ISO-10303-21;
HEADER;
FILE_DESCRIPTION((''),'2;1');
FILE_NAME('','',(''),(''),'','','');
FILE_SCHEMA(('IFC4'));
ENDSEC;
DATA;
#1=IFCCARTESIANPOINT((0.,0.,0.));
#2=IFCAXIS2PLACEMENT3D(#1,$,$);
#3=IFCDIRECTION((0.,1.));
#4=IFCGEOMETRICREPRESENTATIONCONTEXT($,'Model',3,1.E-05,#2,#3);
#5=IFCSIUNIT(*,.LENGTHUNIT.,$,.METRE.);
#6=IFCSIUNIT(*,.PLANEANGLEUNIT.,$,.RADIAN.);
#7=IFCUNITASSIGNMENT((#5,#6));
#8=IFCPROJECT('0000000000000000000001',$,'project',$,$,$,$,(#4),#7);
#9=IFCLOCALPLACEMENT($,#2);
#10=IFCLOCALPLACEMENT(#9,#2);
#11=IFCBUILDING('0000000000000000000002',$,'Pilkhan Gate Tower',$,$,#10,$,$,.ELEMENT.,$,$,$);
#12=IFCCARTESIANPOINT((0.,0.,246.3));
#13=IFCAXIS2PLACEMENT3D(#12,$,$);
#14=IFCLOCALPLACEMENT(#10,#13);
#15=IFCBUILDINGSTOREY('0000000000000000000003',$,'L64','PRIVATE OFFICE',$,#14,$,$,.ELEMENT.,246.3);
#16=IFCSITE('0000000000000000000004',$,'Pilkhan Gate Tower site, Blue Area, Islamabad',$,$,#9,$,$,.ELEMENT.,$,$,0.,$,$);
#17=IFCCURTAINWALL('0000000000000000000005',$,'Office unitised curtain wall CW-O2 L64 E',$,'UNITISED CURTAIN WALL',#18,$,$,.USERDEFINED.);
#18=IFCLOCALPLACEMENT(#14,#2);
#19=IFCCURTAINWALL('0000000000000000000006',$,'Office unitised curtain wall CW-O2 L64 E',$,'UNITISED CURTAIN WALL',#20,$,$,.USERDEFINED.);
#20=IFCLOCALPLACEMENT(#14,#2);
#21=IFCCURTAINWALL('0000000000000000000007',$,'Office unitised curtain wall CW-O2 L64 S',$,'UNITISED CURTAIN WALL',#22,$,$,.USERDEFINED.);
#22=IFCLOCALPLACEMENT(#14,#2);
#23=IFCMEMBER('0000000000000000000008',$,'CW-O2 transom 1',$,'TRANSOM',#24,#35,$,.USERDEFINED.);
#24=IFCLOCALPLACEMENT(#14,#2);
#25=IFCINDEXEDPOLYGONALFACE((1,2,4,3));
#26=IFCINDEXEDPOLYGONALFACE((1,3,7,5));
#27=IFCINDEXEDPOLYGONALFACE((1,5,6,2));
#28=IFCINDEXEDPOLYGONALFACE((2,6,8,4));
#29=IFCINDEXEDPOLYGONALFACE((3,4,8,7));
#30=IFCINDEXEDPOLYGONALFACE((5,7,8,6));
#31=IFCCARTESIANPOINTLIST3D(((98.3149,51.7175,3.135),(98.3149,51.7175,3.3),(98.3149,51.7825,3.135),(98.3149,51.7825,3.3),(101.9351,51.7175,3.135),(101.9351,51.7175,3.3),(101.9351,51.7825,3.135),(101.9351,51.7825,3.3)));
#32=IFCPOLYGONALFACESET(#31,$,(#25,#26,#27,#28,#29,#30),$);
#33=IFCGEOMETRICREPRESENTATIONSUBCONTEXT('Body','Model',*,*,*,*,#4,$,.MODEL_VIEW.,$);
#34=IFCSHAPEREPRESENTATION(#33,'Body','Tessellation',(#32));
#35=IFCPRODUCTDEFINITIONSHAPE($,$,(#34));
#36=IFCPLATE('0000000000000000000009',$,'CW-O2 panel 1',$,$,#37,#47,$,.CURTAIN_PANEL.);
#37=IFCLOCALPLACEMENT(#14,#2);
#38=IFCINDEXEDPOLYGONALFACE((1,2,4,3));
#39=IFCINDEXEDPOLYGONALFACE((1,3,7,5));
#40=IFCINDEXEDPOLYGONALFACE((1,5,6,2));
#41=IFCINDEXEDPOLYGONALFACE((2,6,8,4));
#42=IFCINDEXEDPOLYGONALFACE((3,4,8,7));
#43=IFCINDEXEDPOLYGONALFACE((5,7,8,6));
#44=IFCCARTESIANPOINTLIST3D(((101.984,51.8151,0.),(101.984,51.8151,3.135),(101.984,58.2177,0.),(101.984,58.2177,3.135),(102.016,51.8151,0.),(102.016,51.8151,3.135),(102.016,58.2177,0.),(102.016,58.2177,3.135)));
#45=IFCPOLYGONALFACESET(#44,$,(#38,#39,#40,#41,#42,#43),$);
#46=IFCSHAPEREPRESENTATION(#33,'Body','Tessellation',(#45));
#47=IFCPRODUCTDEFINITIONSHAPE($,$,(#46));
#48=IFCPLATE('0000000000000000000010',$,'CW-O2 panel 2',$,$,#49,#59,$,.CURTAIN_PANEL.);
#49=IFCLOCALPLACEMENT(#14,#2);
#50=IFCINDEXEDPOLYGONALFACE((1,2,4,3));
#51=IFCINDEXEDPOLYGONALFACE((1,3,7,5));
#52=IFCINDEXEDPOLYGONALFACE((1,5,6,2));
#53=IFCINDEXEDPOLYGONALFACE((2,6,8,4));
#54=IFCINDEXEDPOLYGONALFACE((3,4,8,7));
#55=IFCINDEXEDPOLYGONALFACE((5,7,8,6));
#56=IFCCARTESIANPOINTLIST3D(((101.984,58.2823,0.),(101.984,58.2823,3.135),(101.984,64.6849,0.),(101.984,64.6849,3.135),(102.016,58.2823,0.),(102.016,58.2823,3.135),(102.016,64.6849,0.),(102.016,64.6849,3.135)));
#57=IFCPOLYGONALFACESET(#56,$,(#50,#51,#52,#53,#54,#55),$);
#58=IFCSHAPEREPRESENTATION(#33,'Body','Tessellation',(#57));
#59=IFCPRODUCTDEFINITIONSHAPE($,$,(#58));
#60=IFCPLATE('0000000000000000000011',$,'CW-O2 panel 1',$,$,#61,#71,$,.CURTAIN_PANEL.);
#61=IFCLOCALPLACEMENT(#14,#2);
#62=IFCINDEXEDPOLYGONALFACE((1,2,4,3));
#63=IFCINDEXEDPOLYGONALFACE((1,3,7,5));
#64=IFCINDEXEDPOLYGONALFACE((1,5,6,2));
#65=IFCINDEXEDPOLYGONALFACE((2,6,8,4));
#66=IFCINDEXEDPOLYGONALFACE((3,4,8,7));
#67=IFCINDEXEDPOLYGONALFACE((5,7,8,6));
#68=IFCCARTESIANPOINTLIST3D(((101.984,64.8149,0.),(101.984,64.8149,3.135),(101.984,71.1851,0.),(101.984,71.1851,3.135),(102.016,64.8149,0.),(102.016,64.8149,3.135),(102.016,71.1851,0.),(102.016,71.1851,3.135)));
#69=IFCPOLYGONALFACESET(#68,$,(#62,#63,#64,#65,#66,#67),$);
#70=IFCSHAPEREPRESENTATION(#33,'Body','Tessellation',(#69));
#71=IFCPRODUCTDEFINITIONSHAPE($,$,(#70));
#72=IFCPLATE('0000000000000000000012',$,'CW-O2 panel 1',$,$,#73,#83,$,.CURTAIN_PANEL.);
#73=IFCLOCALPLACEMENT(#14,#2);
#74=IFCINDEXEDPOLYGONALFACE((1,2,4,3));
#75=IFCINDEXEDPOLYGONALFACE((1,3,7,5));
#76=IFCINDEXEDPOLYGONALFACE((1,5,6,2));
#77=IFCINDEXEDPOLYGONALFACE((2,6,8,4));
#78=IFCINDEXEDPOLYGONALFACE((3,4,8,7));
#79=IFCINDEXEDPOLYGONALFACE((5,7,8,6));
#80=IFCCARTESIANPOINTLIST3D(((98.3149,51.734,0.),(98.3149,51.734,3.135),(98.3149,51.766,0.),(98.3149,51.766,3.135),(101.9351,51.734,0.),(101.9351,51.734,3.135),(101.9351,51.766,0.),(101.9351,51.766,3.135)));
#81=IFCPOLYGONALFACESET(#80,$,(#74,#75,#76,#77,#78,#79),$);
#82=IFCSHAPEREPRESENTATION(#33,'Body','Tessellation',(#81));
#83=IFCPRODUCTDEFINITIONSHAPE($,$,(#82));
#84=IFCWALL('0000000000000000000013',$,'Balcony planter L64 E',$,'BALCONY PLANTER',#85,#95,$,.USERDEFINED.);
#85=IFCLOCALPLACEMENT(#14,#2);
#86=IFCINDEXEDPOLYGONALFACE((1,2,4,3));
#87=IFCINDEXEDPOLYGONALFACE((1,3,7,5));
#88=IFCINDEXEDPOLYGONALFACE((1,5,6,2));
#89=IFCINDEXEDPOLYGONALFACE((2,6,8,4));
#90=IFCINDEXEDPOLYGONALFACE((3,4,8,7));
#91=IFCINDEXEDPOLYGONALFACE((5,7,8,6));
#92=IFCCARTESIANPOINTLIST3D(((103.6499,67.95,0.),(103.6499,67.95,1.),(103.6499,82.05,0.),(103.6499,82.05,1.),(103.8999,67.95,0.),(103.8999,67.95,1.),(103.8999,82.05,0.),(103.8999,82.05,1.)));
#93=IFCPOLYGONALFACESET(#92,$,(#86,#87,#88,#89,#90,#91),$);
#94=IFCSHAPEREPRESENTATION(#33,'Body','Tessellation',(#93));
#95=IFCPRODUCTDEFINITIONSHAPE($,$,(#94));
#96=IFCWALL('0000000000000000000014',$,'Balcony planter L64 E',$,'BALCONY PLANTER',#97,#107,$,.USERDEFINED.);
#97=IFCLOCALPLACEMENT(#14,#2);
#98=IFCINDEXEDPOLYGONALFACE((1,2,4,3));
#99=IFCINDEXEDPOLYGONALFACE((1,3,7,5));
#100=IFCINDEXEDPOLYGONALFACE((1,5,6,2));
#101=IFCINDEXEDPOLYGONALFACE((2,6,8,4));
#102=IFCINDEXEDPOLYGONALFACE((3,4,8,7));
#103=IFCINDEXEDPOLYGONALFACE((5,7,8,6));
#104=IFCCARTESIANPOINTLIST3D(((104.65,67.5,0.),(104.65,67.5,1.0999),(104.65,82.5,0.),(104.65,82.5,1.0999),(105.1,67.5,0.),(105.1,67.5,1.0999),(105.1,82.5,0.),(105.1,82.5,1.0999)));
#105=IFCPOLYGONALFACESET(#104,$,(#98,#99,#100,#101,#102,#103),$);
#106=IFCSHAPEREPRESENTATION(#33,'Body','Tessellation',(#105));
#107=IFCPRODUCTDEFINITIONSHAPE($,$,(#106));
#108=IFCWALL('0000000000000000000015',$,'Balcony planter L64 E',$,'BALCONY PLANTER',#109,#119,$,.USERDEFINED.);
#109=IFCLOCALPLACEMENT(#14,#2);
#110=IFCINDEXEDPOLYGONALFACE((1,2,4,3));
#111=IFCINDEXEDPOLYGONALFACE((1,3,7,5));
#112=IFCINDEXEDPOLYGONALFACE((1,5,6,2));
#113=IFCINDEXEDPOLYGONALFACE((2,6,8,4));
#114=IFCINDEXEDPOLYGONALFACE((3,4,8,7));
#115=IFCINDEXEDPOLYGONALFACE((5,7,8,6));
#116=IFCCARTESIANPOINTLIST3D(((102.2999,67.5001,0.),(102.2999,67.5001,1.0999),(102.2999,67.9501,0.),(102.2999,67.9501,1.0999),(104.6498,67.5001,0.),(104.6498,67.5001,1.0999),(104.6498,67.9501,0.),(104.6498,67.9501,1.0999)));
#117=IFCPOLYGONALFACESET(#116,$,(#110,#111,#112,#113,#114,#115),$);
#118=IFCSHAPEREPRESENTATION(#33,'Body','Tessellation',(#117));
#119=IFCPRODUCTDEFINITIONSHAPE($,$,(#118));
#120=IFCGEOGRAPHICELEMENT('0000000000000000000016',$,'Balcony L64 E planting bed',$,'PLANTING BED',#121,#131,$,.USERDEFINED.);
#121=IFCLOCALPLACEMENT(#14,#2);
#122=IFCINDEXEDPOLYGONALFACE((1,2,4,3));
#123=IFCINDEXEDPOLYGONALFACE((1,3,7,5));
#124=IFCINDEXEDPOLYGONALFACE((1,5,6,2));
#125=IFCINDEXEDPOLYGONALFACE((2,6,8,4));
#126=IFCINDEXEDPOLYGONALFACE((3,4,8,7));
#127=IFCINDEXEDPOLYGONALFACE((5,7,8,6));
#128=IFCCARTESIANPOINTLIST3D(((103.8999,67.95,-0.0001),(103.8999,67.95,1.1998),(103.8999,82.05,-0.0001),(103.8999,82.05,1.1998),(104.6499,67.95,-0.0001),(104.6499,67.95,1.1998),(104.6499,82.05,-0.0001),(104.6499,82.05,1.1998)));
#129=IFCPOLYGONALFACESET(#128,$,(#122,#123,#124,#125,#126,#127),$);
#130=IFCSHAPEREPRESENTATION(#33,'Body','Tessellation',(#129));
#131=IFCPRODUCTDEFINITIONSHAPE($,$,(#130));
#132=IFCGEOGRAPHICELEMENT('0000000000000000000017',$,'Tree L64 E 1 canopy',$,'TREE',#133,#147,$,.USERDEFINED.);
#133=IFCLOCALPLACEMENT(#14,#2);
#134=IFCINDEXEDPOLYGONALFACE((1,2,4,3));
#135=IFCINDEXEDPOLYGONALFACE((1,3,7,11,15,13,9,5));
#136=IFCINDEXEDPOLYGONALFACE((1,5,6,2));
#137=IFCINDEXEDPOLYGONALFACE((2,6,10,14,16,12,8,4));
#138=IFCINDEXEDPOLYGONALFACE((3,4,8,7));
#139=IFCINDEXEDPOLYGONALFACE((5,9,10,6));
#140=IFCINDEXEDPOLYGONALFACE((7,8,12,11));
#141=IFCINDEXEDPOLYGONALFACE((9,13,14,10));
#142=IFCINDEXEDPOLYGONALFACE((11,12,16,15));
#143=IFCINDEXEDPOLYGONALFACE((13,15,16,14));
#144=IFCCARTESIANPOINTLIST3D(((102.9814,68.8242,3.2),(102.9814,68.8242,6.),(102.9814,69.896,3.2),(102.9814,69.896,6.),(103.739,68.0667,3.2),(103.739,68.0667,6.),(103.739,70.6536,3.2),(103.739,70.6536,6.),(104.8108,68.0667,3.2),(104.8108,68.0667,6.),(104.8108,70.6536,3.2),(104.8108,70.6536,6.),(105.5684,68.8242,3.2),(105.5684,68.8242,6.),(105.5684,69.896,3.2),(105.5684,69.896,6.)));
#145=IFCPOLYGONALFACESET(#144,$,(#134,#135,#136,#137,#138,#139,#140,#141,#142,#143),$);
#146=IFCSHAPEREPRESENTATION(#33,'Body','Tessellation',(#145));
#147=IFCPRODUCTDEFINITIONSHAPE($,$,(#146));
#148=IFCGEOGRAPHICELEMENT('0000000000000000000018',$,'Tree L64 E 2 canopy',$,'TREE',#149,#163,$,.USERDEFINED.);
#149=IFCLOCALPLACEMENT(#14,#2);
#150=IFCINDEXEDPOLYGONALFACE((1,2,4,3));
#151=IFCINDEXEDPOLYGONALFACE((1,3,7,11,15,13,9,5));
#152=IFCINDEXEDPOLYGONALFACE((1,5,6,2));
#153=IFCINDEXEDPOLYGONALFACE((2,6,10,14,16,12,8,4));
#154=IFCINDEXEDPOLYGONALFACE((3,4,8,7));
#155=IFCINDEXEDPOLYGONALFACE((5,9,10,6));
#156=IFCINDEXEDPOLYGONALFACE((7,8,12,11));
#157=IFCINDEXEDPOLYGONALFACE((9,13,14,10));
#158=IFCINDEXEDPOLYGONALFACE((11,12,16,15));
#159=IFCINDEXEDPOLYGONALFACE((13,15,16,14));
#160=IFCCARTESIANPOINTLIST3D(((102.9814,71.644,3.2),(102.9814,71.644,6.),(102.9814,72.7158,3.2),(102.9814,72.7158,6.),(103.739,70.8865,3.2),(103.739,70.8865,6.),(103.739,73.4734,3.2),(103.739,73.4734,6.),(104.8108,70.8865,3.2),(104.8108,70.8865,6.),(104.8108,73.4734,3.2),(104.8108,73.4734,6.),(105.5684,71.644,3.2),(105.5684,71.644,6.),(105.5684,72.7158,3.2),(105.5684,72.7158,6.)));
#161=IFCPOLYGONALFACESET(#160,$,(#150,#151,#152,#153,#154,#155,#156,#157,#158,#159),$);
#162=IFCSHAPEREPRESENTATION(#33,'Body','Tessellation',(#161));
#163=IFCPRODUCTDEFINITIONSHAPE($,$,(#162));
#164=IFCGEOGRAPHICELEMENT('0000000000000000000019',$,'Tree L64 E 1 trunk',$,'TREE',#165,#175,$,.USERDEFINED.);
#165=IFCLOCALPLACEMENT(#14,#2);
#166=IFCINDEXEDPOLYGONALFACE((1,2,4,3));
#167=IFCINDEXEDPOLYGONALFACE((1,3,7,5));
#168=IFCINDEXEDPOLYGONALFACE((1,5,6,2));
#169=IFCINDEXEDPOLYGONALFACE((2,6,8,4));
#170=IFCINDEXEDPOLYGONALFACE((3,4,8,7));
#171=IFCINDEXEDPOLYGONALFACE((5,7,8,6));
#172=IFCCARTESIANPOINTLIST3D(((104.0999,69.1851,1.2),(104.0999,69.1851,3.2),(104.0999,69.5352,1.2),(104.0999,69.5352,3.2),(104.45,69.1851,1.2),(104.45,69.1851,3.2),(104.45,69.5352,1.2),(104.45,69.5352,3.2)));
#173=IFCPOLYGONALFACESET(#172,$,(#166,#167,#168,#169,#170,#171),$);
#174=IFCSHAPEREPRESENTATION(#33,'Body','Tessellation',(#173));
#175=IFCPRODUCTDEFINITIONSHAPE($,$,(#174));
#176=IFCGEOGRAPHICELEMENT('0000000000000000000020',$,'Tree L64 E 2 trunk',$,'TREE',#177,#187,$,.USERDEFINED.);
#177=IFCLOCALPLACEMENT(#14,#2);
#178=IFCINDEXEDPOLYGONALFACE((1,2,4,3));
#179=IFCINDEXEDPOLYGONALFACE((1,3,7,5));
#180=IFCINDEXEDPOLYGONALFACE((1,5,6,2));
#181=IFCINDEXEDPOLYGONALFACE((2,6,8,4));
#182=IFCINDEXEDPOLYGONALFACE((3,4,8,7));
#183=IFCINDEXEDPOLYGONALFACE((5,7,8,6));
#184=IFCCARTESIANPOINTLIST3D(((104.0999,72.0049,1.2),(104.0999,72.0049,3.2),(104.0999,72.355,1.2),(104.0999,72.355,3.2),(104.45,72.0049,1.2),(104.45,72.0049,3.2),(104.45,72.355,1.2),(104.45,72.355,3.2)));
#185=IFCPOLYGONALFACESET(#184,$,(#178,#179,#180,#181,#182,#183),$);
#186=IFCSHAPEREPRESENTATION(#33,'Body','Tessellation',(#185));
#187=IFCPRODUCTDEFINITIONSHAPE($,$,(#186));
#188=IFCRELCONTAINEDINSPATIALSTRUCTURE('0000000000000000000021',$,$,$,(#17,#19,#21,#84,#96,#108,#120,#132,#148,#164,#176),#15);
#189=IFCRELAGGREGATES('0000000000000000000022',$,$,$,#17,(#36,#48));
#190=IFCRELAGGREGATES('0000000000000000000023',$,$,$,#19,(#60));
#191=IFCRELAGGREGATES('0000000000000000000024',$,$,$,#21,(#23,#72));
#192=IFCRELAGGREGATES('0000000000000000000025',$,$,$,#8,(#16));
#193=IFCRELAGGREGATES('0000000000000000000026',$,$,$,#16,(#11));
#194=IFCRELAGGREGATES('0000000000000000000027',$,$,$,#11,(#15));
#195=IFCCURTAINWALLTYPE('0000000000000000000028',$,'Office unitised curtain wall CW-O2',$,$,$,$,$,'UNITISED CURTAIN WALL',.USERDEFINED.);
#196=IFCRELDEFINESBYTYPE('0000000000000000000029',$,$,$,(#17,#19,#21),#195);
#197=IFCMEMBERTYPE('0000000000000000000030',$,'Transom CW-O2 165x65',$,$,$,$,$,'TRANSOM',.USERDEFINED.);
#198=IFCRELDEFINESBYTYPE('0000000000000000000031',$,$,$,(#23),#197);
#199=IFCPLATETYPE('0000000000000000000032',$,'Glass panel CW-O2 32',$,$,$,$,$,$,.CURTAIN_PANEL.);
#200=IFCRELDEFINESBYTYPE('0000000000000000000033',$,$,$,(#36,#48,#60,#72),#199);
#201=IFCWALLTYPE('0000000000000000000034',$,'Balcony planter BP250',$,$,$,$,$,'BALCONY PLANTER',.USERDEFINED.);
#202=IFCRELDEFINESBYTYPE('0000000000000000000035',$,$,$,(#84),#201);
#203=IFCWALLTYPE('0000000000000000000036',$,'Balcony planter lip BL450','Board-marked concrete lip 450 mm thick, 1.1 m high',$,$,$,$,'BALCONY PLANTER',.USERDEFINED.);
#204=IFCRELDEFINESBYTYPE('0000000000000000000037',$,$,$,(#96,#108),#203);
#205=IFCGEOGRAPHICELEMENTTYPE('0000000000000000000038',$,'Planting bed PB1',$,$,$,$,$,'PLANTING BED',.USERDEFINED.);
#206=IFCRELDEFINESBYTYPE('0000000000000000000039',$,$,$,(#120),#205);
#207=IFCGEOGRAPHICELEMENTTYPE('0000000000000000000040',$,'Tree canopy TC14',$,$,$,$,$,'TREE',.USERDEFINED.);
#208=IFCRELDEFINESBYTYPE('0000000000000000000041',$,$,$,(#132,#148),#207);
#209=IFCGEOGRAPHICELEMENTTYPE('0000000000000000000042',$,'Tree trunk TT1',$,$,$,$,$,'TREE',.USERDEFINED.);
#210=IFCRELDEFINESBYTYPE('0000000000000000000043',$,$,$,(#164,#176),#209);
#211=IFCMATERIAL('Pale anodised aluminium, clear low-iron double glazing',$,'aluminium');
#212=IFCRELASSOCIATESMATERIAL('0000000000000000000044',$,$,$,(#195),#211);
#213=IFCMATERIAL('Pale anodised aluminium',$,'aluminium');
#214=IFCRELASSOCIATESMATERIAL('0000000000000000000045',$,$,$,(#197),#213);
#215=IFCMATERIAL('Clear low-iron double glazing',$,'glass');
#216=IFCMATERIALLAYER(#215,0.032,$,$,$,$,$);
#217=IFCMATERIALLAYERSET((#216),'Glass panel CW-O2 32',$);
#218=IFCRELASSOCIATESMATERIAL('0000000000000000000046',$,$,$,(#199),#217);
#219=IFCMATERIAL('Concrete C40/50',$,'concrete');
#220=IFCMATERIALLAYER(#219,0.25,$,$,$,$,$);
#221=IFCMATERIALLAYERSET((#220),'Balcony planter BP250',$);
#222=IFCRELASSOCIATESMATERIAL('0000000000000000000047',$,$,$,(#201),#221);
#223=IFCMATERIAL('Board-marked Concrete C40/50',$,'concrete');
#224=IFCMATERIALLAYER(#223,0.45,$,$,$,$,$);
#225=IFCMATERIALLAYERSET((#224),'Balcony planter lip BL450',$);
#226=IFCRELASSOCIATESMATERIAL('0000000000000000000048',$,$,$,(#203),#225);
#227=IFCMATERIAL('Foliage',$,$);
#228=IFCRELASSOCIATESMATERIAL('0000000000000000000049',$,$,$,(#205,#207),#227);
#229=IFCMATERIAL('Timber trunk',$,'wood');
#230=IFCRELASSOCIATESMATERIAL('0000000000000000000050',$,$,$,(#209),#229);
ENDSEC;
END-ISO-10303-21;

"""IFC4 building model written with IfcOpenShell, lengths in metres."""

from ifc_helpers import new_model, si_unit, direction, frame, frame_2d, origin, origin_2d, place, context, subcontext, project, spatial, polyline, rectangle, outline, extrude, material, layer, layer_set, material_profile, profile_set, type_object, element, aggregate, save


model = new_model("IFC4")

# Units and contexts
model_context = context("Model", 3, precision=1e-05, world=origin(), true_north=direction((0.0, 1.0)))
body_context = subcontext(model_context, "Body", "Model", "MODEL_VIEW")
ifc_project = project(units=[si_unit("LENGTHUNIT", "METRE"), si_unit("PLANEANGLEUNIT", "RADIAN")], contexts=[model_context])

# Site, building, storey
site_placement = place(None, origin())
site = spatial("IfcSite", under=ifc_project, at=site_placement, Name="Pilkhan Gate Tower site, Blue Area, Islamabad", CompositionType="ELEMENT", RefElevation=0.0)
building_placement = place(site_placement, origin())
building = spatial("IfcBuilding", under=site, at=building_placement, Name="Pilkhan Gate Tower", CompositionType="ELEMENT")
storey_placement = place(building_placement, frame((0.0, 0.0, 246.3)))
storey = spatial("IfcBuildingStorey", under=building, at=storey_placement, Name="L64", Description="PRIVATE OFFICE", CompositionType="ELEMENT", Elevation=246.3)

# Curtain walls
ifc_material_1 = material(Name="Pale anodised aluminium, clear low-iron double glazing", Category="aluminium")
curtain_wall_type = type_object("IfcCurtainWallType", Name="Office unitised curtain wall CW-O2", ElementType="UNITISED CURTAIN WALL", PredefinedType="USERDEFINED", material=ifc_material_1)
curtain_wall_1_placement = place(storey_placement, origin())
curtain_wall_1 = element("IfcCurtainWall", 1, at=curtain_wall_1_placement, inside=storey, type_object=curtain_wall_type, Name="Office unitised curtain wall CW-O2 L64 E", ObjectType="UNITISED CURTAIN WALL", PredefinedType="USERDEFINED")
ifc_material_2 = material(Name="Pale anodised aluminium", Category="aluminium")
curtain_wall_2_placement = place(storey_placement, origin())
curtain_wall_2 = element("IfcCurtainWall", 2, at=curtain_wall_2_placement, inside=storey, type_object=curtain_wall_type, Name="Office unitised curtain wall CW-O2 L64 E", ObjectType="UNITISED CURTAIN WALL", PredefinedType="USERDEFINED")

# Curtain wall
curtain_wall_3_placement = place(storey_placement, origin())
curtain_wall_3 = element("IfcCurtainWall", 3, at=curtain_wall_3_placement, inside=storey, type_object=curtain_wall_type, Name="Office unitised curtain wall CW-O2 L64 S", ObjectType="UNITISED CURTAIN WALL", PredefinedType="USERDEFINED")

# Member
ifc_material_profile_1 = material_profile(ifc_material_2, rectangle(XDim=0.0649, YDim=0.165, at=origin_2d()), Name="Transom 165x65")
ifc_profile_set_1 = profile_set([ifc_material_profile_1], Name="Pale anodised aluminium")
member_type_1 = type_object("IfcMemberType", Name="Transom CW-O2 165x65", ElementType="TRANSOM", PredefinedType="USERDEFINED", material=ifc_profile_set_1)
member_1_placement = place(storey_placement, frame((98.3149, 51.75, 3.2175), z_axis=(1.0, 0.0, 0.0), x_axis=(0.0, 1.0, 0.0)))
member_1 = element("IfcMember", 4, at=member_1_placement, type_object=member_type_1, Name="CW-O2 transom 1", ObjectType="TRANSOM", PredefinedType="USERDEFINED", context=body_context, shape_type="SweptSolid", body=[
    extrude(rectangle(XDim=0.0649, YDim=0.165, at=origin_2d()), origin(), (0.0, 0.0, 1.0), 3.6201),
])

# Plates
ifc_material_3 = material(Name="Clear low-iron double glazing", Category="glass")
ifc_layer_1 = layer(ifc_material_3, 0.032)
ifc_layer_set_1 = layer_set([ifc_layer_1], Name="Glass panel CW-O2 32")
plate_type = type_object("IfcPlateType", Name="Glass panel CW-O2 32", PredefinedType="CURTAIN_PANEL", material=ifc_layer_set_1)
plate_1_placement = place(storey_placement, frame((102.0, 55.0164, 0.0), z_axis=(0.0, 0.0, 1.0), x_axis=(0.0, 1.0, 0.0)))
plate_1 = element("IfcPlate", 5, at=plate_1_placement, type_object=plate_type, Name="CW-O2 panel 1", PredefinedType="CURTAIN_PANEL", context=body_context, shape_type="SweptSolid", body=[
    extrude(rectangle(XDim=6.4026, YDim=0.032, at=origin_2d()), origin(), (0.0, 0.0, 1.0), 3.135),
])
plate_2_placement = place(storey_placement, frame((102.0, 61.4836, 0.0), z_axis=(0.0, 0.0, 1.0), x_axis=(0.0, 1.0, 0.0)))
plate_2 = element("IfcPlate", 6, at=plate_2_placement, type_object=plate_type, Name="CW-O2 panel 2", PredefinedType="CURTAIN_PANEL", context=body_context, shape_type="SweptSolid", body=[
    extrude(rectangle(XDim=6.4026, YDim=0.032, at=origin_2d()), origin(), (0.0, 0.0, 1.0), 3.135),
])
aggregate(curtain_wall_1, [plate_1, plate_2])
plate_3_placement = place(storey_placement, frame((102.0, 68.0, 0.0), z_axis=(0.0, 0.0, 1.0), x_axis=(0.0, 1.0, 0.0)))
plate_3 = element("IfcPlate", 7, at=plate_3_placement, type_object=plate_type, Name="CW-O2 panel 1", PredefinedType="CURTAIN_PANEL", context=body_context, shape_type="SweptSolid", body=[
    extrude(rectangle(XDim=6.3701, YDim=0.032, at=origin_2d()), origin(), (0.0, 0.0, 1.0), 3.135),
])
aggregate(curtain_wall_2, [plate_3])
plate_4_placement = place(storey_placement, frame((100.125, 51.75, 0.0), z_axis=(0.0, 0.0, 1.0), x_axis=(1.0, 0.0, 0.0)))
plate_4 = element("IfcPlate", 8, at=plate_4_placement, type_object=plate_type, Name="CW-O2 panel 1", PredefinedType="CURTAIN_PANEL", context=body_context, shape_type="SweptSolid", body=[
    extrude(rectangle(XDim=3.6201, YDim=0.032, at=origin_2d()), origin(), (0.0, 0.0, 1.0), 3.135),
])
aggregate(curtain_wall_3, [member_1, plate_4])

# Walls
ifc_material_4 = material(Name="Concrete C40/50", Category="concrete")
ifc_layer_2 = layer(ifc_material_4, 0.25)
ifc_layer_set_2 = layer_set([ifc_layer_2], Name="Balcony planter BP250")
wall_type_1 = type_object("IfcWallType", Name="Balcony planter BP250", ElementType="BALCONY PLANTER", PredefinedType="USERDEFINED", material=ifc_layer_set_2)
wall_1_placement = place(storey_placement, frame((103.7749, 67.95, 0.0), z_axis=(0.0, 0.0, 1.0), x_axis=(0.0, 1.0, 0.0)))
element("IfcWall", 9, at=wall_1_placement, inside=storey, type_object=wall_type_1, Name="Balcony planter L64 E", ObjectType="BALCONY PLANTER", PredefinedType="USERDEFINED", context=body_context, shape_type="SweptSolid", body=[
    extrude(rectangle(XDim=14.1001, YDim=0.25, at=frame_2d((7.05, 0.0))), origin(), (0.0, 0.0, 1.0), 1.0),
])
ifc_material_5 = material(Name="Board-marked Concrete C40/50", Category="concrete")
ifc_layer_3 = layer(ifc_material_5, 0.45)
ifc_layer_set_3 = layer_set([ifc_layer_3], Name="Balcony planter lip BL450")
wall_type_2 = type_object("IfcWallType", Name="Balcony planter lip BL450", Description="Board-marked concrete lip 450 mm thick, 1.1 m high", ElementType="BALCONY PLANTER", PredefinedType="USERDEFINED", material=ifc_layer_set_3)
wall_2_placement = place(storey_placement, frame((104.875, 67.5, 0.0), z_axis=(0.0, 0.0, 1.0), x_axis=(0.0, 1.0, 0.0)))
element("IfcWall", 10, at=wall_2_placement, inside=storey, type_object=wall_type_2, Name="Balcony planter L64 E", ObjectType="BALCONY PLANTER", PredefinedType="USERDEFINED", context=body_context, shape_type="SweptSolid", body=[
    extrude(rectangle(XDim=15.0, YDim=0.45, at=frame_2d((7.5, 0.0))), origin(), (0.0, 0.0, 1.0), 1.0999),
])
wall_3_placement = place(storey_placement, frame((102.3, 67.7251, 0.0), z_axis=(0.0, 0.0, 1.0), x_axis=(1.0, 0.0, 0.0)))
element("IfcWall", 11, at=wall_3_placement, inside=storey, type_object=wall_type_2, Name="Balcony planter L64 E", ObjectType="BALCONY PLANTER", PredefinedType="USERDEFINED", context=body_context, shape_type="SweptSolid", body=[
    extrude(rectangle(XDim=2.3499, YDim=0.45, at=frame_2d((1.1748, 0.0))), origin(), (0.0, 0.0, 1.0), 1.0999),
])

# Geographic elements
ifc_material_6 = material(Name="Foliage")
ifc_material_profile_2 = material_profile(ifc_material_6, rectangle(XDim=0.75, YDim=1.2, at=origin_2d()), Name="Bed 750x1200")
ifc_profile_set_2 = profile_set([ifc_material_profile_2], Name="Foliage")
geographic_element_type_1 = type_object("IfcGeographicElementType", Name="Planting bed PB1", ElementType="PLANTING BED", PredefinedType="USERDEFINED", material=ifc_profile_set_2)
geographic_element_placement = place(storey_placement, frame((104.2749, 67.95, 0.5999), z_axis=(0.0, 1.0, 0.0), x_axis=(-1.0, 0.0, 0.0)))
element("IfcGeographicElement", 12, at=geographic_element_placement, inside=storey, type_object=geographic_element_type_1, Name="Balcony L64 E planting bed", ObjectType="PLANTING BED", PredefinedType="USERDEFINED", context=body_context, shape_type="SweptSolid", body=[
    extrude(rectangle(XDim=0.75, YDim=1.2, at=origin_2d()), origin(), (0.0, 0.0, 1.0), 14.1001),
])
ifc_material_profile_3 = material_profile(ifc_material_6, outline(polyline([(1.2935, 0.5359), (0.5359, 1.2935), (-0.5359, 1.2935), (-1.2935, 0.5359), (-1.2935, -0.5359), (-0.5359, -1.2935), (0.5359, -1.2935), (1.2935, -0.5359), (1.2935, 0.5359)])), Name="Canopy D2.8")
ifc_profile_set_3 = profile_set([ifc_material_profile_3], Name="Foliage")
geographic_element_type_2 = type_object("IfcGeographicElementType", Name="Tree canopy TC14", ElementType="TREE", PredefinedType="USERDEFINED", material=ifc_profile_set_3)
for number, where, z_axis, x_axis, name in (
    (13, (104.2749, 69.3601, 3.2), (0.0, 0.0, 1.0), (1.0, 0.0, 0.0), "Tree L64 E 1 canopy"),
    (14, (104.2749, 72.1799, 3.2), (0.0, 0.0, 1.0), (1.0, 0.0, 0.0), "Tree L64 E 2 canopy"),
):
    element("IfcGeographicElement", number, at=place(storey_placement, frame(where, z_axis=z_axis, x_axis=x_axis)), inside=storey, type_object=geographic_element_type_2, Name=name, ObjectType="TREE", PredefinedType="USERDEFINED", context=body_context, shape_type="SweptSolid", body=[
        extrude(outline(polyline([(1.2935, 0.5359), (0.5359, 1.2935), (-0.5359, 1.2935), (-1.2935, 0.5359), (-1.2935, -0.5359), (-0.5359, -1.2935), (0.5359, -1.2935), (1.2935, -0.5359), (1.2935, 0.5359)])), origin(), (0.0, 0.0, 1.0), 2.8),
    ])
ifc_material_7 = material(Name="Timber trunk", Category="wood")
geographic_element_type_3 = type_object("IfcGeographicElementType", Name="Tree trunk TT1", ElementType="TREE", PredefinedType="USERDEFINED", material=ifc_material_7)
for number, where, z_axis, x_axis, name in (
    (15, (104.2749, 69.3601, 1.2), (0.0, 0.0, 1.0), (1.0, 0.0, 0.0), "Tree L64 E 1 trunk"),
    (16, (104.2749, 72.1799, 1.2), (0.0, 0.0, 1.0), (1.0, 0.0, 0.0), "Tree L64 E 2 trunk"),
):
    element("IfcGeographicElement", number, at=place(storey_placement, frame(where, z_axis=z_axis, x_axis=x_axis)), inside=storey, type_object=geographic_element_type_3, Name=name, ObjectType="TREE", PredefinedType="USERDEFINED", context=body_context, shape_type="SweptSolid", body=[
        extrude(rectangle(XDim=0.3501, YDim=0.3501, at=origin_2d()), origin(), (0.0, 0.0, 1.0), 2.0),
    ])

save(model, "model.ifc")
